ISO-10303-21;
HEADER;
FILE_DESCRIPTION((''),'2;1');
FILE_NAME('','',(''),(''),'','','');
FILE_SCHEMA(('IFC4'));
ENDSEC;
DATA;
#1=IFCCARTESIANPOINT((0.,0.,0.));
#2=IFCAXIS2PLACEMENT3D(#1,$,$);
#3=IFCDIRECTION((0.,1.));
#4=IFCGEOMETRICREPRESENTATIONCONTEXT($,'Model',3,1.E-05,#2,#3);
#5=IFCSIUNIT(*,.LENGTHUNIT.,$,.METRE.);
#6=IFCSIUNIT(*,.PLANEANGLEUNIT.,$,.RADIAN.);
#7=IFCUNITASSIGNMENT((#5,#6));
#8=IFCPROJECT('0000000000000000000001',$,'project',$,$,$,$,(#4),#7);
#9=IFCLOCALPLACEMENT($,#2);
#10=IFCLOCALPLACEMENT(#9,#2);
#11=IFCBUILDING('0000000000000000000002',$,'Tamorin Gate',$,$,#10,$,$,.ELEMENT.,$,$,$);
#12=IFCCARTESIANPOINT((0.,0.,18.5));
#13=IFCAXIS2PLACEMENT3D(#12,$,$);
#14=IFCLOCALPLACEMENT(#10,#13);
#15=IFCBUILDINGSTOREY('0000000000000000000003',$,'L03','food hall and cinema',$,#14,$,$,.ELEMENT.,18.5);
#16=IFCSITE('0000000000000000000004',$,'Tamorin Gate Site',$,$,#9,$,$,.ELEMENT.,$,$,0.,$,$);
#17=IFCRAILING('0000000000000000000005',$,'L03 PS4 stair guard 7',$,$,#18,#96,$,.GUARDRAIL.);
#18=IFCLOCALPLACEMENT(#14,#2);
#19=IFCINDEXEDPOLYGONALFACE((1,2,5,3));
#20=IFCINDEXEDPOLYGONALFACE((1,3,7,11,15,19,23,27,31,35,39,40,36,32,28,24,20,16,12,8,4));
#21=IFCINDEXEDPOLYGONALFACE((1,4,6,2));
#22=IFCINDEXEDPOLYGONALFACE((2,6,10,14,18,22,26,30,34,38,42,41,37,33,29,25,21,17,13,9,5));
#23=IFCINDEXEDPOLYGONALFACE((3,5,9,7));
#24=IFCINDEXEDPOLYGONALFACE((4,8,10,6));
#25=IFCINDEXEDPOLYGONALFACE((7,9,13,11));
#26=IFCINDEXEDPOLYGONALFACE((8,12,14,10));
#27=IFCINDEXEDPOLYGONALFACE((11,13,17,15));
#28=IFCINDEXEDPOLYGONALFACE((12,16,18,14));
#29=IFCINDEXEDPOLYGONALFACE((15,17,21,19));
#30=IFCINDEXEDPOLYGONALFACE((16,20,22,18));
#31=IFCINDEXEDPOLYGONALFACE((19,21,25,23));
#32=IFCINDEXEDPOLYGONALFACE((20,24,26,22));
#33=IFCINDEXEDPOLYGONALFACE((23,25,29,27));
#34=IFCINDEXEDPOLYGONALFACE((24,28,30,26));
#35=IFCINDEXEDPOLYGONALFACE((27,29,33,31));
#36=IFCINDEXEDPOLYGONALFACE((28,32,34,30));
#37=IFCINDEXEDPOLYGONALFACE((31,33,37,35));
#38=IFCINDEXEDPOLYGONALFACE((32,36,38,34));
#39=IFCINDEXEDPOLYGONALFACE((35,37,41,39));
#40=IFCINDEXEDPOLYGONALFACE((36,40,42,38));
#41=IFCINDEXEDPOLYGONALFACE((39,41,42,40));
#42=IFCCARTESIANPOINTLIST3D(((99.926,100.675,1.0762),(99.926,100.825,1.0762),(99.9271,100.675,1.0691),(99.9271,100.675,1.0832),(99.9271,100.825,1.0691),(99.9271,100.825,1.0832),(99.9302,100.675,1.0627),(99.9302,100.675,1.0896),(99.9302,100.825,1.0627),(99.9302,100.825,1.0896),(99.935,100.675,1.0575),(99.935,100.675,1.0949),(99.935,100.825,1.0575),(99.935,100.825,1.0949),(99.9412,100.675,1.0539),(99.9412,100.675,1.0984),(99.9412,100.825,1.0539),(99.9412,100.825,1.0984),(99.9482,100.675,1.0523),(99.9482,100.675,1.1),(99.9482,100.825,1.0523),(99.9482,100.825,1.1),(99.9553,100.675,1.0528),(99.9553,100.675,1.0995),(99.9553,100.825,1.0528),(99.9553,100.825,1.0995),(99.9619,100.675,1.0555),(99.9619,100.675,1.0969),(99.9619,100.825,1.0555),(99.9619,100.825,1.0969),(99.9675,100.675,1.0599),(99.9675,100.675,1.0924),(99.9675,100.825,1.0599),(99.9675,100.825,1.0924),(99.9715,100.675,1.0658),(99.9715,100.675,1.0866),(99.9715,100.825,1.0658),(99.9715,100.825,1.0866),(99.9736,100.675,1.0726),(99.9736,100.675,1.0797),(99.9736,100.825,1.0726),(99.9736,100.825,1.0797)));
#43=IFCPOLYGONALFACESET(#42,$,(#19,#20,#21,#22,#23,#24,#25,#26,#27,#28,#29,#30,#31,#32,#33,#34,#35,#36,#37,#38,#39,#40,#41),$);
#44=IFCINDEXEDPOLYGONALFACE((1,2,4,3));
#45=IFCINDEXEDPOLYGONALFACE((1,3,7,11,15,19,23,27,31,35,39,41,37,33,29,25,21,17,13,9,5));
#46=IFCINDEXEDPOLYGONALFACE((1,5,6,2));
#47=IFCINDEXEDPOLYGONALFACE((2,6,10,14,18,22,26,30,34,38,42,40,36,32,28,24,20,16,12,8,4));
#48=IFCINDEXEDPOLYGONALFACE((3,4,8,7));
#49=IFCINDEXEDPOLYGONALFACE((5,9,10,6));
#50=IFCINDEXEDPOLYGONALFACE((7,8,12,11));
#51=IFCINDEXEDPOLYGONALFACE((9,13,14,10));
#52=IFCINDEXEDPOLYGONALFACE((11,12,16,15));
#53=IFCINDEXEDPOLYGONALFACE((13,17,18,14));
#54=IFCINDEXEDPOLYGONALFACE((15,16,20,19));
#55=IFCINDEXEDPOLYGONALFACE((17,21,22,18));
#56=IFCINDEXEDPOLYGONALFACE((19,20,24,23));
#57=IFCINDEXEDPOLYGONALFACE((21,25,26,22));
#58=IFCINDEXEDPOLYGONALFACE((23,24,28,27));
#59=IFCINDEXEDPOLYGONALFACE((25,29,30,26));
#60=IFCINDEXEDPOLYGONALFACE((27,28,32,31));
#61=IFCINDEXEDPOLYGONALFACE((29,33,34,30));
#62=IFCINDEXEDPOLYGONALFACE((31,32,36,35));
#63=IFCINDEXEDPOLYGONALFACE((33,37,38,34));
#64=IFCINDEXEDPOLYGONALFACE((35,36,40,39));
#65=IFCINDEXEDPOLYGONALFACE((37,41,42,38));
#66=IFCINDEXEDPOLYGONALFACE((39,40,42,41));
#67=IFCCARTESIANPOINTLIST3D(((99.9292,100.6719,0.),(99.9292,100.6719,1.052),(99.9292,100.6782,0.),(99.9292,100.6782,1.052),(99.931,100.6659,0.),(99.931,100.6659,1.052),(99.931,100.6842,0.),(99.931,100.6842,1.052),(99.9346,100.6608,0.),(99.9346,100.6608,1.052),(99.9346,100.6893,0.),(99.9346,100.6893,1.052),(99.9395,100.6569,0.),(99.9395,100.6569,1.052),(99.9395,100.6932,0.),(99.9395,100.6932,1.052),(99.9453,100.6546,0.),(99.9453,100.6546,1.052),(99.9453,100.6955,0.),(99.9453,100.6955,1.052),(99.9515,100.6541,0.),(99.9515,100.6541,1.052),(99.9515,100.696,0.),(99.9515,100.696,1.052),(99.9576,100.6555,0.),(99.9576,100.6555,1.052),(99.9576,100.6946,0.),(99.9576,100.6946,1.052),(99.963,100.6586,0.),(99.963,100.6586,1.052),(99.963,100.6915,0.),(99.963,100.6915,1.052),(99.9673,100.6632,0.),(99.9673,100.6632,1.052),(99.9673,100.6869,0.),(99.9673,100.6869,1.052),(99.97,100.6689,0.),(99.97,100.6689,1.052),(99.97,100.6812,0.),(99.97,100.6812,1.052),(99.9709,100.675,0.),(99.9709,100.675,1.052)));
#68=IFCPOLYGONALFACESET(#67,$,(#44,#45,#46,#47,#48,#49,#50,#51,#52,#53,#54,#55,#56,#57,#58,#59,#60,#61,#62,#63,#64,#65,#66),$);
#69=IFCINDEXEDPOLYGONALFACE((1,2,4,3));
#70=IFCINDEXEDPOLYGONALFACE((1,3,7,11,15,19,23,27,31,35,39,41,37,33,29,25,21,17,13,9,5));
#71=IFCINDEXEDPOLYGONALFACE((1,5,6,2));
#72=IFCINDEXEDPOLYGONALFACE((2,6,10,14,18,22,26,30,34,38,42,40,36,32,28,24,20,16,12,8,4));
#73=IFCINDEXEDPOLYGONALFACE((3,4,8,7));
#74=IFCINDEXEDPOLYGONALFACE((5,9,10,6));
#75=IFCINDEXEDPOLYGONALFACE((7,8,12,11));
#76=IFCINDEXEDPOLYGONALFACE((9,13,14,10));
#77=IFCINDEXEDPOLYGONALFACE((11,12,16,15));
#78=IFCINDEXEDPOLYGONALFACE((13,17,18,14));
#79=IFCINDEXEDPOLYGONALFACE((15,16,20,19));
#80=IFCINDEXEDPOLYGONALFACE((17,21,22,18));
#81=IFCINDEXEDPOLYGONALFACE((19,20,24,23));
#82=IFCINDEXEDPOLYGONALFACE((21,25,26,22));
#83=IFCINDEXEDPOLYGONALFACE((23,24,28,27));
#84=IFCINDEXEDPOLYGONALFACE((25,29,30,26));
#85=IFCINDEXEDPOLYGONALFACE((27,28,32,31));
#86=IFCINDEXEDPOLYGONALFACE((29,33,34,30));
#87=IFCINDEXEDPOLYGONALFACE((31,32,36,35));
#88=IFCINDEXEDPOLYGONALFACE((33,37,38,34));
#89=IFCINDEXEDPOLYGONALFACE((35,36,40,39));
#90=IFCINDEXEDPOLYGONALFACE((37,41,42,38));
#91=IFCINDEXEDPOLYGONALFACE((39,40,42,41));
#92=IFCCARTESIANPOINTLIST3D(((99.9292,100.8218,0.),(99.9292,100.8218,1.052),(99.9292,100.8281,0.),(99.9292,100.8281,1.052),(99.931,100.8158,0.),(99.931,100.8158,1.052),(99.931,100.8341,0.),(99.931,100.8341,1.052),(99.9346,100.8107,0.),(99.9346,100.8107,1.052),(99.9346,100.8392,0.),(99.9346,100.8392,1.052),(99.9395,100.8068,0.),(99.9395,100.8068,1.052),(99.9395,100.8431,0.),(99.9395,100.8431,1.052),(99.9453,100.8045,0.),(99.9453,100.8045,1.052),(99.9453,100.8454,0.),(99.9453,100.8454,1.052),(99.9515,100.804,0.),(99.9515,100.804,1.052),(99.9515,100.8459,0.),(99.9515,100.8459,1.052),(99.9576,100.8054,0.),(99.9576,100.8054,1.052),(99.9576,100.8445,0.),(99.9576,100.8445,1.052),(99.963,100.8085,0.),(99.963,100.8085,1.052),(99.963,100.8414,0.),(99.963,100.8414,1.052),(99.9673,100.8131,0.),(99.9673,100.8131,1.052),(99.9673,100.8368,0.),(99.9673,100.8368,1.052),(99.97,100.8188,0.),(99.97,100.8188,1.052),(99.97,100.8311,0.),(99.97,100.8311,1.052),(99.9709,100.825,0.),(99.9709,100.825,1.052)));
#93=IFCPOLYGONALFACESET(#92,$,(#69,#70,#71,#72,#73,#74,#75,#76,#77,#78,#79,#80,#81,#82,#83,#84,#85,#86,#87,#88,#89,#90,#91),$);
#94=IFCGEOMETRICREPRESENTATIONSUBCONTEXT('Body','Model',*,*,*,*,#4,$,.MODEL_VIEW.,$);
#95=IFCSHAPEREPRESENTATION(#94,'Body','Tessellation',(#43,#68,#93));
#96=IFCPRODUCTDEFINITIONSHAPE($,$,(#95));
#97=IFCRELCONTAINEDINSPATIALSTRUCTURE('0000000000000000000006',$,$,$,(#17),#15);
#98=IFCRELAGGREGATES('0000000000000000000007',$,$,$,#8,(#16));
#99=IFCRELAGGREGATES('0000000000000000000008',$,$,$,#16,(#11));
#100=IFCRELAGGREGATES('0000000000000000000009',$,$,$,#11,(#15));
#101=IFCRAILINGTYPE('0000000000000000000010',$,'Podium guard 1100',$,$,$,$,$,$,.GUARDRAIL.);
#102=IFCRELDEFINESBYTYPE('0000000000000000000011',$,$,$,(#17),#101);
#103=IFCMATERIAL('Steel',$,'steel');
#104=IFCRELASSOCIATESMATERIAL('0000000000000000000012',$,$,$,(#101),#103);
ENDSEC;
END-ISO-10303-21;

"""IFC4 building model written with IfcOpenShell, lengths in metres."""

from ifc_helpers import new_model, si_unit, direction, frame, origin, origin_2d, place, context, subcontext, project, spatial, circle, extrude, material, type_object, element, save


model = new_model("IFC4")

# Units and contexts
model_context = context("Model", 3, precision=1e-05, world=origin(), true_north=direction((0.0, 1.0)))
body_context = subcontext(model_context, "Body", "Model", "MODEL_VIEW")
ifc_project = project(units=[si_unit("LENGTHUNIT", "METRE"), si_unit("PLANEANGLEUNIT", "RADIAN")], contexts=[model_context])

# Site, building, storey
site_placement = place(None, origin())
site = spatial("IfcSite", under=ifc_project, at=site_placement, Name="Tamorin Gate Site", CompositionType="ELEMENT", RefElevation=0.0)
building_placement = place(site_placement, origin())
building = spatial("IfcBuilding", under=site, at=building_placement, Name="Tamorin Gate", CompositionType="ELEMENT")
storey_placement = place(building_placement, frame((0.0, 0.0, 18.5)))
storey = spatial("IfcBuildingStorey", under=building, at=storey_placement, Name="L03", Description="food hall and cinema", CompositionType="ELEMENT", Elevation=18.5)

# Railing
ifc_material_1 = material(Name="Steel", Category="steel")
railing_type_1 = type_object("IfcRailingType", Name="Podium guard 1100", PredefinedType="GUARDRAIL", material=ifc_material_1)
railing_1_placement = place(storey_placement, frame((99.95, 100.675, 0.0)))
element("IfcRailing", 1, at=railing_1_placement, inside=storey, type_object=railing_type_1, Name="L03 PS4 stair guard 7", PredefinedType="GUARDRAIL", context=body_context, shape_type="SweptSolid", body=[
    extrude(circle(Radius=0.0239, at=origin_2d()), frame((0.0, 0.0, 1.0762), z_axis=(0.0, 1.0, 0.0), x_axis=(-1.0, 0.0, 0.0)), (0.0, 0.0, 1.0), 0.1499),
    extrude(circle(Radius=0.021, at=origin_2d()), origin(), (0.0, 0.0, 1.0), 1.052),
    extrude(circle(Radius=0.021, at=origin_2d()), frame((0.0, 0.1499, 0.0)), (0.0, 0.0, 1.0), 1.052),
])

save(model, "model.ifc")
